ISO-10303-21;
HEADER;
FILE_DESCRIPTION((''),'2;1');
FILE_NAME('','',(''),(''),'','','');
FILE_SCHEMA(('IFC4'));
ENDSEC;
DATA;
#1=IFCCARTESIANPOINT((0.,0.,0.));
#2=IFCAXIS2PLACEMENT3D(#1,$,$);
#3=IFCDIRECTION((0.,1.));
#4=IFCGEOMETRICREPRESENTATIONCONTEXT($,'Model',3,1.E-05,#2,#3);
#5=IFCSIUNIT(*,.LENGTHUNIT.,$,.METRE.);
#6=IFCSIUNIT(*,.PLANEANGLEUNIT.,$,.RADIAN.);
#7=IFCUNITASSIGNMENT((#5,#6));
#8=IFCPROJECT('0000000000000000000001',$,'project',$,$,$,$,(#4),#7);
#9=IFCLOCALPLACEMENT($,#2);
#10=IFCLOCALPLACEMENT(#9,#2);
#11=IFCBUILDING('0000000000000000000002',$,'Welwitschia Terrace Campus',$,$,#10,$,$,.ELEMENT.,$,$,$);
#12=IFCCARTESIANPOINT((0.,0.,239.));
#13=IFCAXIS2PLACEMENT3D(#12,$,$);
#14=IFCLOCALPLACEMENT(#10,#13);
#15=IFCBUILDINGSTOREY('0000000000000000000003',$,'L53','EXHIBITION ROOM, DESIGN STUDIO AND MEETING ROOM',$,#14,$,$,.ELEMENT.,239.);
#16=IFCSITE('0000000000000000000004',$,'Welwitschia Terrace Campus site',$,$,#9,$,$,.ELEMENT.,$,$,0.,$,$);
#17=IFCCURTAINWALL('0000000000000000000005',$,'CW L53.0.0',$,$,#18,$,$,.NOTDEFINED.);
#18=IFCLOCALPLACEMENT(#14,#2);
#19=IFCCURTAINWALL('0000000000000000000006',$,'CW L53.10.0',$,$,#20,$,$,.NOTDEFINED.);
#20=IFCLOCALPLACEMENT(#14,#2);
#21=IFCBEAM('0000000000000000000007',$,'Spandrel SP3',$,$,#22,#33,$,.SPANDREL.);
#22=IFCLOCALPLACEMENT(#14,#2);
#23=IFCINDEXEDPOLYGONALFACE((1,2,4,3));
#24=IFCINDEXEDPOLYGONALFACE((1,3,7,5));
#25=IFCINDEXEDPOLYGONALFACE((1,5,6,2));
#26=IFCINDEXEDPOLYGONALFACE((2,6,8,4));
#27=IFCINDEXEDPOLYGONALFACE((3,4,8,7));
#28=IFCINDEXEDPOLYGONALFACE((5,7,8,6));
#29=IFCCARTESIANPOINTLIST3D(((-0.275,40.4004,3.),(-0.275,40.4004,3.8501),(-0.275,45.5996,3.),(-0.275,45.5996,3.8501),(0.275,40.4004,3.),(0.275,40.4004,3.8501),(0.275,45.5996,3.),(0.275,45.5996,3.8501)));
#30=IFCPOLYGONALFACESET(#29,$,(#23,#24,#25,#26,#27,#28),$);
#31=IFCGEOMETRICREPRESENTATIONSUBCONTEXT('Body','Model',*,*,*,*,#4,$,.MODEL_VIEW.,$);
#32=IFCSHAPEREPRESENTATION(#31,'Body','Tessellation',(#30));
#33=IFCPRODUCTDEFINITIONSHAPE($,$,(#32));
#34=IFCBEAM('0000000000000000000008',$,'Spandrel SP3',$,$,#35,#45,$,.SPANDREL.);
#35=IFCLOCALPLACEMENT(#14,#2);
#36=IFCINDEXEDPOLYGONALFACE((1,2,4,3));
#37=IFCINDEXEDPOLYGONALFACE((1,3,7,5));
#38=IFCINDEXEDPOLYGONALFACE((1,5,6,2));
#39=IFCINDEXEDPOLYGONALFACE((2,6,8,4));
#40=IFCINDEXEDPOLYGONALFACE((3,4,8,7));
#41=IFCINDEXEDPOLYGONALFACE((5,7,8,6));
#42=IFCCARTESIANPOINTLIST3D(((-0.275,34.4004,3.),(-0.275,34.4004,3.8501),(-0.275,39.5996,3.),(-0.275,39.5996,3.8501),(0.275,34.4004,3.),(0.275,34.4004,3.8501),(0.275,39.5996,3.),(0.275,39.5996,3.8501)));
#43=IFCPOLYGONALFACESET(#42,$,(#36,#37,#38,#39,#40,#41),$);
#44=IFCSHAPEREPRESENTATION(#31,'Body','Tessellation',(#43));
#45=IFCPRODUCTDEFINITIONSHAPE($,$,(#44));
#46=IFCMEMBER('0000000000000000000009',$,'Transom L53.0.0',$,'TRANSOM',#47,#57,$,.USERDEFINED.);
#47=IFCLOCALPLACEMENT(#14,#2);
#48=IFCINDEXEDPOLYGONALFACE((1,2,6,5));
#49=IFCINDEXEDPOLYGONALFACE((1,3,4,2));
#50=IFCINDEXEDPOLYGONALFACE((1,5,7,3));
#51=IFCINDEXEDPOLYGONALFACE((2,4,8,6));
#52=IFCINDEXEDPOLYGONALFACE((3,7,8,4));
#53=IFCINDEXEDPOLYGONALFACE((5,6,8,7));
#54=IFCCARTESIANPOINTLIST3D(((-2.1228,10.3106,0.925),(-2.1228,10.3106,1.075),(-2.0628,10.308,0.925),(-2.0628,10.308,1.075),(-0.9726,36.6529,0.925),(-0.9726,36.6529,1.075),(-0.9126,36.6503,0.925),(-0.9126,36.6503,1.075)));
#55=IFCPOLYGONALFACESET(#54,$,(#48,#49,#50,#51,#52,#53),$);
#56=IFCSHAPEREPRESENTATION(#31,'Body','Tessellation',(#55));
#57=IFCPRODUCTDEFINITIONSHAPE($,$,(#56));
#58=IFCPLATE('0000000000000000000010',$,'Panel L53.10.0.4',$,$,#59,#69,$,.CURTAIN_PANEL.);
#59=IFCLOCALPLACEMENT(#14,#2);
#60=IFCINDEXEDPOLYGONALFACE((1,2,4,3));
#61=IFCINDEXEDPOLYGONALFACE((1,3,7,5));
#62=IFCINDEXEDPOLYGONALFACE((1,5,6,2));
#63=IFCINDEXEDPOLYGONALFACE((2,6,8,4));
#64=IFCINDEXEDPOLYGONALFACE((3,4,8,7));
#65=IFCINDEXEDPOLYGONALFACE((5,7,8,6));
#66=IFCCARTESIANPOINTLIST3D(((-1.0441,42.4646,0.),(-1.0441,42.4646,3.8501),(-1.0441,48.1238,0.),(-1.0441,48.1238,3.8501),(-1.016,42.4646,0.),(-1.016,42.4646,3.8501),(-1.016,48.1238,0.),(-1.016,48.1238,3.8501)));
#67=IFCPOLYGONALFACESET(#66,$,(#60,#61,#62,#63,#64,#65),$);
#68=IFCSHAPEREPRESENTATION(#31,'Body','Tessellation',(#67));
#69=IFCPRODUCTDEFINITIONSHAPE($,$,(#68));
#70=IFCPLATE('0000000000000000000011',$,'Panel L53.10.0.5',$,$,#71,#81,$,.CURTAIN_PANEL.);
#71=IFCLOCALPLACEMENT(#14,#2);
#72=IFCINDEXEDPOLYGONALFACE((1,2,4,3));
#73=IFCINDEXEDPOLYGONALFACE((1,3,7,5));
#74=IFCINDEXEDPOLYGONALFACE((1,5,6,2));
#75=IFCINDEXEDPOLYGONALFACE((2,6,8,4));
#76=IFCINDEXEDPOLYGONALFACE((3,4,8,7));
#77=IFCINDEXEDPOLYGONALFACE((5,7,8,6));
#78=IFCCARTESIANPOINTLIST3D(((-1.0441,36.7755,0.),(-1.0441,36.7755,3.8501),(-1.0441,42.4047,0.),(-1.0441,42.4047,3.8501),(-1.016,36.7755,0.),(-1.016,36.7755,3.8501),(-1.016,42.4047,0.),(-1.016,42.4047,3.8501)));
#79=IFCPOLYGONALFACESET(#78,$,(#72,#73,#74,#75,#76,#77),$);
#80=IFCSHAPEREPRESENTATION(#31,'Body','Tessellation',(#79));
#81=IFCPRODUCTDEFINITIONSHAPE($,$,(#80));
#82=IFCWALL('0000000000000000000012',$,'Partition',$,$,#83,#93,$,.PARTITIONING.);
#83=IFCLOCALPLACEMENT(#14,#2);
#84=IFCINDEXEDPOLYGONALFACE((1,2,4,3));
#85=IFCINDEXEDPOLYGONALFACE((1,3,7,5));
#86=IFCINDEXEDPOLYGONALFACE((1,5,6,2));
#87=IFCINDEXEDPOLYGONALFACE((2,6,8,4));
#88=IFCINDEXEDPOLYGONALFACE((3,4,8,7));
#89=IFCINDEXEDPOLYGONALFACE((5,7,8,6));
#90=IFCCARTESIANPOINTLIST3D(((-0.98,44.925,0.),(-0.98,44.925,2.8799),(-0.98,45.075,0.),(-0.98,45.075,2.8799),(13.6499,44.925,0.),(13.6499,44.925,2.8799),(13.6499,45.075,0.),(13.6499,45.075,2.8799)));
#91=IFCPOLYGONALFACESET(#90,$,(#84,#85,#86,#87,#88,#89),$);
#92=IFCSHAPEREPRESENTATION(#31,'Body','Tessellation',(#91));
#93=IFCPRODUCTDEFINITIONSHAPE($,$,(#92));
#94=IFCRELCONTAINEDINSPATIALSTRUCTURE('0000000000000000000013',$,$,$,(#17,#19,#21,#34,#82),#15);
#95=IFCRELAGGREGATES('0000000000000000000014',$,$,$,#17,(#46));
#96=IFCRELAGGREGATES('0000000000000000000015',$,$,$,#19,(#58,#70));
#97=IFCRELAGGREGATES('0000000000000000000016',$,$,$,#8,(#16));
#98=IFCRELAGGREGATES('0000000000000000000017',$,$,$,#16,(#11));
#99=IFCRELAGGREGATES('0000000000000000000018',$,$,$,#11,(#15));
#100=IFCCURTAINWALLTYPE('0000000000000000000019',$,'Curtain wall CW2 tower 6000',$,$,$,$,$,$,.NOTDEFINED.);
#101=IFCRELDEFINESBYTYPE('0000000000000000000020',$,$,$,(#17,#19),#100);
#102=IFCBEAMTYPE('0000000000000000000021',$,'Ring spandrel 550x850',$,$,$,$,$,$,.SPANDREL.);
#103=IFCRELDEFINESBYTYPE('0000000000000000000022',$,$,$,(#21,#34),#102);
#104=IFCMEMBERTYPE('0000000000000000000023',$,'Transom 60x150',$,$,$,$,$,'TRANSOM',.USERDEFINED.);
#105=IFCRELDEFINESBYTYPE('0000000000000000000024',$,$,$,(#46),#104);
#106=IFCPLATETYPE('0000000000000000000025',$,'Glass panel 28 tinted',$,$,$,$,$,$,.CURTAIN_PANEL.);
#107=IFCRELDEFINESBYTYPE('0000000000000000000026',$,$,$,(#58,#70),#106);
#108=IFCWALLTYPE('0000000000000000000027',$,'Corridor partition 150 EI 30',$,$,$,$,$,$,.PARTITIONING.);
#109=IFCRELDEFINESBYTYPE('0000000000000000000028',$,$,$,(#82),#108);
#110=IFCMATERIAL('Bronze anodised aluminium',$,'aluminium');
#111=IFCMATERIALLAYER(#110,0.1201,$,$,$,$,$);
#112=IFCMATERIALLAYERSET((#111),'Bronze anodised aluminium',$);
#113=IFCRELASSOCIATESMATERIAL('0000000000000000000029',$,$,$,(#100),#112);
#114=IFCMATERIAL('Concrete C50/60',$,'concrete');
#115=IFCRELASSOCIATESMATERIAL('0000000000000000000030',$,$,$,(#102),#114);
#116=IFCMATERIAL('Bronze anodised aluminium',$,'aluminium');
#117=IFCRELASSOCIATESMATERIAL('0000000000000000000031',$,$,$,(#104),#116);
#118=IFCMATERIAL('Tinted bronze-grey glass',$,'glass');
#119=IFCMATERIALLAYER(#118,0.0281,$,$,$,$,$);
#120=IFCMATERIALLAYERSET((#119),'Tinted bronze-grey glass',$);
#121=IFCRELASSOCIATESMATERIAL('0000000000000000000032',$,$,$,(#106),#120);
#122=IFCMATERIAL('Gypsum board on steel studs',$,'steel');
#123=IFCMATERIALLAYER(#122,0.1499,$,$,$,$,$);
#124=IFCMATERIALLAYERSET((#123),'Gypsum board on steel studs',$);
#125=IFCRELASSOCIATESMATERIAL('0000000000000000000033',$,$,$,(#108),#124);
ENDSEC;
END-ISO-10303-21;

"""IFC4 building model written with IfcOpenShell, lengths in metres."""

from ifc_helpers import new_model, si_unit, direction, frame, frame_2d, origin, origin_2d, place, context, subcontext, project, spatial, rectangle, extrude, material, layer, layer_set, material_profile, profile_set, type_object, element, aggregate, save


model = new_model("IFC4")

# Units and contexts
model_context = context("Model", 3, precision=1e-05, world=origin(), true_north=direction((0.0, 1.0)))
body_context = subcontext(model_context, "Body", "Model", "MODEL_VIEW")
ifc_project = project(units=[si_unit("LENGTHUNIT", "METRE"), si_unit("PLANEANGLEUNIT", "RADIAN")], contexts=[model_context])

# Site, building, storey
site_placement = place(None, origin())
site = spatial("IfcSite", under=ifc_project, at=site_placement, Name="Welwitschia Terrace Campus site", CompositionType="ELEMENT", RefElevation=0.0)
building_placement = place(site_placement, origin())
building = spatial("IfcBuilding", under=site, at=building_placement, Name="Welwitschia Terrace Campus", CompositionType="ELEMENT")
storey_placement = place(building_placement, frame((0.0, 0.0, 239.0)))
storey = spatial("IfcBuildingStorey", under=building, at=storey_placement, Name="L53", Description="EXHIBITION ROOM, DESIGN STUDIO AND MEETING ROOM", CompositionType="ELEMENT", Elevation=239.0)

# Curtain wall
ifc_material_1 = material(Name="Bronze anodised aluminium", Category="aluminium")
ifc_layer_1 = layer(ifc_material_1, 0.1201)
ifc_layer_set_1 = layer_set([ifc_layer_1], Name="Bronze anodised aluminium")
curtain_wall_type = type_object("IfcCurtainWallType", Name="Curtain wall CW2 tower 6000", PredefinedType="NOTDEFINED", material=ifc_layer_set_1)
curtain_wall_1_placement = place(storey_placement, origin())
curtain_wall_1 = element("IfcCurtainWall", 1, at=curtain_wall_1_placement, inside=storey, type_object=curtain_wall_type, Name="CW L53.0.0", PredefinedType="NOTDEFINED")

# Curtain wall
curtain_wall_2_placement = place(storey_placement, origin())
curtain_wall_2 = element("IfcCurtainWall", 2, at=curtain_wall_2_placement, inside=storey, type_object=curtain_wall_type, Name="CW L53.10.0", PredefinedType="NOTDEFINED")

# Beams
ifc_material_2 = material(Name="Concrete C50/60", Category="concrete")
ifc_material_profile_1 = material_profile(ifc_material_2, rectangle(XDim=0.55, YDim=0.8501, at=origin_2d()))
ifc_profile_set_1 = profile_set([ifc_material_profile_1], Name="Concrete C50/60")
beam_type_1 = type_object("IfcBeamType", Name="Ring spandrel 550x850", PredefinedType="SPANDREL", material=ifc_profile_set_1)
for number, where, z_axis, x_axis, name in (
    (3, (0.0, 45.5996, 3.425), (0.0, -1.0, 0.0), (1.0, 0.0, 0.0), "Spandrel SP3"),
    (4, (0.0, 39.5996, 3.425), (0.0, -1.0, 0.0), (1.0, 0.0, 0.0), "Spandrel SP3"),
):
    element("IfcBeam", number, at=place(storey_placement, frame(where, z_axis=z_axis, x_axis=x_axis)), inside=storey, type_object=beam_type_1, Name=name, PredefinedType="SPANDREL", context=body_context, shape_type="SweptSolid", body=[
        extrude(rectangle(XDim=0.55, YDim=0.8501, at=origin_2d()), origin(), (0.0, 0.0, 1.0), 5.1992),
    ])

# Member
ifc_material_3 = material(Name="Bronze anodised aluminium", Category="aluminium")
ifc_material_profile_2 = material_profile(ifc_material_3, rectangle(XDim=0.0601, YDim=0.1499, at=origin_2d()))
ifc_profile_set_2 = profile_set([ifc_material_profile_2], Name="Bronze anodised aluminium")
member_type_1 = type_object("IfcMemberType", Name="Transom 60x150", ElementType="TRANSOM", PredefinedType="USERDEFINED", material=ifc_profile_set_2)
member_1_placement = place(storey_placement, frame((-0.9426, 36.6516, 1.0), z_axis=(-0.04362, -0.999048, 0.0), x_axis=(0.999048, -0.04362, 0.0)))
member_1 = element("IfcMember", 5, at=member_1_placement, type_object=member_type_1, Name="Transom L53.0.0", ObjectType="TRANSOM", PredefinedType="USERDEFINED", context=body_context, shape_type="SweptSolid", body=[
    extrude(rectangle(XDim=0.0601, YDim=0.1499, at=origin_2d()), origin(), (0.0, 0.0, 1.0), 26.3674),
])
aggregate(curtain_wall_1, [member_1])

# Plates
ifc_material_4 = material(Name="Tinted bronze-grey glass", Category="glass")
ifc_layer_2 = layer(ifc_material_4, 0.0281)
ifc_layer_set_2 = layer_set([ifc_layer_2], Name="Tinted bronze-grey glass")
plate_type = type_object("IfcPlateType", Name="Glass panel 28 tinted", PredefinedType="CURTAIN_PANEL", material=ifc_layer_set_2)
plate_1_placement = place(storey_placement, frame((-1.03, 45.2942, 0.0), z_axis=(0.0, 0.0, 1.0), x_axis=(0.0, -1.0, 0.0)))
plate_1 = element("IfcPlate", 6, at=plate_1_placement, type_object=plate_type, Name="Panel L53.10.0.4", PredefinedType="CURTAIN_PANEL", context=body_context, shape_type="SweptSolid", body=[
    extrude(rectangle(XDim=5.6592, YDim=0.0281, at=origin_2d()), origin(), (0.0, 0.0, 1.0), 3.8501),
])
plate_2_placement = place(storey_placement, frame((-1.03, 39.5901, 0.0), z_axis=(0.0, 0.0, 1.0), x_axis=(0.0, -1.0, 0.0)))
plate_2 = element("IfcPlate", 7, at=plate_2_placement, type_object=plate_type, Name="Panel L53.10.0.5", PredefinedType="CURTAIN_PANEL", context=body_context, shape_type="SweptSolid", body=[
    extrude(rectangle(XDim=5.6292, YDim=0.0281, at=origin_2d()), origin(), (0.0, 0.0, 1.0), 3.8501),
])
aggregate(curtain_wall_2, [plate_1, plate_2])

# Wall
ifc_material_5 = material(Name="Gypsum board on steel studs", Category="steel")
ifc_layer_3 = layer(ifc_material_5, 0.1499)
ifc_layer_set_3 = layer_set([ifc_layer_3], Name="Gypsum board on steel studs")
wall_type = type_object("IfcWallType", Name="Corridor partition 150 EI 30", PredefinedType="PARTITIONING", material=ifc_layer_set_3)
wall_placement = place(storey_placement, frame((-0.98, 45.0, 0.0), z_axis=(0.0, 0.0, 1.0), x_axis=(1.0, 0.0, 0.0)))
element("IfcWall", 8, at=wall_placement, inside=storey, type_object=wall_type, Name="Partition", PredefinedType="PARTITIONING", context=body_context, shape_type="SweptSolid", body=[
    extrude(rectangle(XDim=14.6299, YDim=0.1499, at=frame_2d((7.3149, 0.0))), origin(), (0.0, 0.0, 1.0), 2.8799),
])

save(model, "model.ifc")
